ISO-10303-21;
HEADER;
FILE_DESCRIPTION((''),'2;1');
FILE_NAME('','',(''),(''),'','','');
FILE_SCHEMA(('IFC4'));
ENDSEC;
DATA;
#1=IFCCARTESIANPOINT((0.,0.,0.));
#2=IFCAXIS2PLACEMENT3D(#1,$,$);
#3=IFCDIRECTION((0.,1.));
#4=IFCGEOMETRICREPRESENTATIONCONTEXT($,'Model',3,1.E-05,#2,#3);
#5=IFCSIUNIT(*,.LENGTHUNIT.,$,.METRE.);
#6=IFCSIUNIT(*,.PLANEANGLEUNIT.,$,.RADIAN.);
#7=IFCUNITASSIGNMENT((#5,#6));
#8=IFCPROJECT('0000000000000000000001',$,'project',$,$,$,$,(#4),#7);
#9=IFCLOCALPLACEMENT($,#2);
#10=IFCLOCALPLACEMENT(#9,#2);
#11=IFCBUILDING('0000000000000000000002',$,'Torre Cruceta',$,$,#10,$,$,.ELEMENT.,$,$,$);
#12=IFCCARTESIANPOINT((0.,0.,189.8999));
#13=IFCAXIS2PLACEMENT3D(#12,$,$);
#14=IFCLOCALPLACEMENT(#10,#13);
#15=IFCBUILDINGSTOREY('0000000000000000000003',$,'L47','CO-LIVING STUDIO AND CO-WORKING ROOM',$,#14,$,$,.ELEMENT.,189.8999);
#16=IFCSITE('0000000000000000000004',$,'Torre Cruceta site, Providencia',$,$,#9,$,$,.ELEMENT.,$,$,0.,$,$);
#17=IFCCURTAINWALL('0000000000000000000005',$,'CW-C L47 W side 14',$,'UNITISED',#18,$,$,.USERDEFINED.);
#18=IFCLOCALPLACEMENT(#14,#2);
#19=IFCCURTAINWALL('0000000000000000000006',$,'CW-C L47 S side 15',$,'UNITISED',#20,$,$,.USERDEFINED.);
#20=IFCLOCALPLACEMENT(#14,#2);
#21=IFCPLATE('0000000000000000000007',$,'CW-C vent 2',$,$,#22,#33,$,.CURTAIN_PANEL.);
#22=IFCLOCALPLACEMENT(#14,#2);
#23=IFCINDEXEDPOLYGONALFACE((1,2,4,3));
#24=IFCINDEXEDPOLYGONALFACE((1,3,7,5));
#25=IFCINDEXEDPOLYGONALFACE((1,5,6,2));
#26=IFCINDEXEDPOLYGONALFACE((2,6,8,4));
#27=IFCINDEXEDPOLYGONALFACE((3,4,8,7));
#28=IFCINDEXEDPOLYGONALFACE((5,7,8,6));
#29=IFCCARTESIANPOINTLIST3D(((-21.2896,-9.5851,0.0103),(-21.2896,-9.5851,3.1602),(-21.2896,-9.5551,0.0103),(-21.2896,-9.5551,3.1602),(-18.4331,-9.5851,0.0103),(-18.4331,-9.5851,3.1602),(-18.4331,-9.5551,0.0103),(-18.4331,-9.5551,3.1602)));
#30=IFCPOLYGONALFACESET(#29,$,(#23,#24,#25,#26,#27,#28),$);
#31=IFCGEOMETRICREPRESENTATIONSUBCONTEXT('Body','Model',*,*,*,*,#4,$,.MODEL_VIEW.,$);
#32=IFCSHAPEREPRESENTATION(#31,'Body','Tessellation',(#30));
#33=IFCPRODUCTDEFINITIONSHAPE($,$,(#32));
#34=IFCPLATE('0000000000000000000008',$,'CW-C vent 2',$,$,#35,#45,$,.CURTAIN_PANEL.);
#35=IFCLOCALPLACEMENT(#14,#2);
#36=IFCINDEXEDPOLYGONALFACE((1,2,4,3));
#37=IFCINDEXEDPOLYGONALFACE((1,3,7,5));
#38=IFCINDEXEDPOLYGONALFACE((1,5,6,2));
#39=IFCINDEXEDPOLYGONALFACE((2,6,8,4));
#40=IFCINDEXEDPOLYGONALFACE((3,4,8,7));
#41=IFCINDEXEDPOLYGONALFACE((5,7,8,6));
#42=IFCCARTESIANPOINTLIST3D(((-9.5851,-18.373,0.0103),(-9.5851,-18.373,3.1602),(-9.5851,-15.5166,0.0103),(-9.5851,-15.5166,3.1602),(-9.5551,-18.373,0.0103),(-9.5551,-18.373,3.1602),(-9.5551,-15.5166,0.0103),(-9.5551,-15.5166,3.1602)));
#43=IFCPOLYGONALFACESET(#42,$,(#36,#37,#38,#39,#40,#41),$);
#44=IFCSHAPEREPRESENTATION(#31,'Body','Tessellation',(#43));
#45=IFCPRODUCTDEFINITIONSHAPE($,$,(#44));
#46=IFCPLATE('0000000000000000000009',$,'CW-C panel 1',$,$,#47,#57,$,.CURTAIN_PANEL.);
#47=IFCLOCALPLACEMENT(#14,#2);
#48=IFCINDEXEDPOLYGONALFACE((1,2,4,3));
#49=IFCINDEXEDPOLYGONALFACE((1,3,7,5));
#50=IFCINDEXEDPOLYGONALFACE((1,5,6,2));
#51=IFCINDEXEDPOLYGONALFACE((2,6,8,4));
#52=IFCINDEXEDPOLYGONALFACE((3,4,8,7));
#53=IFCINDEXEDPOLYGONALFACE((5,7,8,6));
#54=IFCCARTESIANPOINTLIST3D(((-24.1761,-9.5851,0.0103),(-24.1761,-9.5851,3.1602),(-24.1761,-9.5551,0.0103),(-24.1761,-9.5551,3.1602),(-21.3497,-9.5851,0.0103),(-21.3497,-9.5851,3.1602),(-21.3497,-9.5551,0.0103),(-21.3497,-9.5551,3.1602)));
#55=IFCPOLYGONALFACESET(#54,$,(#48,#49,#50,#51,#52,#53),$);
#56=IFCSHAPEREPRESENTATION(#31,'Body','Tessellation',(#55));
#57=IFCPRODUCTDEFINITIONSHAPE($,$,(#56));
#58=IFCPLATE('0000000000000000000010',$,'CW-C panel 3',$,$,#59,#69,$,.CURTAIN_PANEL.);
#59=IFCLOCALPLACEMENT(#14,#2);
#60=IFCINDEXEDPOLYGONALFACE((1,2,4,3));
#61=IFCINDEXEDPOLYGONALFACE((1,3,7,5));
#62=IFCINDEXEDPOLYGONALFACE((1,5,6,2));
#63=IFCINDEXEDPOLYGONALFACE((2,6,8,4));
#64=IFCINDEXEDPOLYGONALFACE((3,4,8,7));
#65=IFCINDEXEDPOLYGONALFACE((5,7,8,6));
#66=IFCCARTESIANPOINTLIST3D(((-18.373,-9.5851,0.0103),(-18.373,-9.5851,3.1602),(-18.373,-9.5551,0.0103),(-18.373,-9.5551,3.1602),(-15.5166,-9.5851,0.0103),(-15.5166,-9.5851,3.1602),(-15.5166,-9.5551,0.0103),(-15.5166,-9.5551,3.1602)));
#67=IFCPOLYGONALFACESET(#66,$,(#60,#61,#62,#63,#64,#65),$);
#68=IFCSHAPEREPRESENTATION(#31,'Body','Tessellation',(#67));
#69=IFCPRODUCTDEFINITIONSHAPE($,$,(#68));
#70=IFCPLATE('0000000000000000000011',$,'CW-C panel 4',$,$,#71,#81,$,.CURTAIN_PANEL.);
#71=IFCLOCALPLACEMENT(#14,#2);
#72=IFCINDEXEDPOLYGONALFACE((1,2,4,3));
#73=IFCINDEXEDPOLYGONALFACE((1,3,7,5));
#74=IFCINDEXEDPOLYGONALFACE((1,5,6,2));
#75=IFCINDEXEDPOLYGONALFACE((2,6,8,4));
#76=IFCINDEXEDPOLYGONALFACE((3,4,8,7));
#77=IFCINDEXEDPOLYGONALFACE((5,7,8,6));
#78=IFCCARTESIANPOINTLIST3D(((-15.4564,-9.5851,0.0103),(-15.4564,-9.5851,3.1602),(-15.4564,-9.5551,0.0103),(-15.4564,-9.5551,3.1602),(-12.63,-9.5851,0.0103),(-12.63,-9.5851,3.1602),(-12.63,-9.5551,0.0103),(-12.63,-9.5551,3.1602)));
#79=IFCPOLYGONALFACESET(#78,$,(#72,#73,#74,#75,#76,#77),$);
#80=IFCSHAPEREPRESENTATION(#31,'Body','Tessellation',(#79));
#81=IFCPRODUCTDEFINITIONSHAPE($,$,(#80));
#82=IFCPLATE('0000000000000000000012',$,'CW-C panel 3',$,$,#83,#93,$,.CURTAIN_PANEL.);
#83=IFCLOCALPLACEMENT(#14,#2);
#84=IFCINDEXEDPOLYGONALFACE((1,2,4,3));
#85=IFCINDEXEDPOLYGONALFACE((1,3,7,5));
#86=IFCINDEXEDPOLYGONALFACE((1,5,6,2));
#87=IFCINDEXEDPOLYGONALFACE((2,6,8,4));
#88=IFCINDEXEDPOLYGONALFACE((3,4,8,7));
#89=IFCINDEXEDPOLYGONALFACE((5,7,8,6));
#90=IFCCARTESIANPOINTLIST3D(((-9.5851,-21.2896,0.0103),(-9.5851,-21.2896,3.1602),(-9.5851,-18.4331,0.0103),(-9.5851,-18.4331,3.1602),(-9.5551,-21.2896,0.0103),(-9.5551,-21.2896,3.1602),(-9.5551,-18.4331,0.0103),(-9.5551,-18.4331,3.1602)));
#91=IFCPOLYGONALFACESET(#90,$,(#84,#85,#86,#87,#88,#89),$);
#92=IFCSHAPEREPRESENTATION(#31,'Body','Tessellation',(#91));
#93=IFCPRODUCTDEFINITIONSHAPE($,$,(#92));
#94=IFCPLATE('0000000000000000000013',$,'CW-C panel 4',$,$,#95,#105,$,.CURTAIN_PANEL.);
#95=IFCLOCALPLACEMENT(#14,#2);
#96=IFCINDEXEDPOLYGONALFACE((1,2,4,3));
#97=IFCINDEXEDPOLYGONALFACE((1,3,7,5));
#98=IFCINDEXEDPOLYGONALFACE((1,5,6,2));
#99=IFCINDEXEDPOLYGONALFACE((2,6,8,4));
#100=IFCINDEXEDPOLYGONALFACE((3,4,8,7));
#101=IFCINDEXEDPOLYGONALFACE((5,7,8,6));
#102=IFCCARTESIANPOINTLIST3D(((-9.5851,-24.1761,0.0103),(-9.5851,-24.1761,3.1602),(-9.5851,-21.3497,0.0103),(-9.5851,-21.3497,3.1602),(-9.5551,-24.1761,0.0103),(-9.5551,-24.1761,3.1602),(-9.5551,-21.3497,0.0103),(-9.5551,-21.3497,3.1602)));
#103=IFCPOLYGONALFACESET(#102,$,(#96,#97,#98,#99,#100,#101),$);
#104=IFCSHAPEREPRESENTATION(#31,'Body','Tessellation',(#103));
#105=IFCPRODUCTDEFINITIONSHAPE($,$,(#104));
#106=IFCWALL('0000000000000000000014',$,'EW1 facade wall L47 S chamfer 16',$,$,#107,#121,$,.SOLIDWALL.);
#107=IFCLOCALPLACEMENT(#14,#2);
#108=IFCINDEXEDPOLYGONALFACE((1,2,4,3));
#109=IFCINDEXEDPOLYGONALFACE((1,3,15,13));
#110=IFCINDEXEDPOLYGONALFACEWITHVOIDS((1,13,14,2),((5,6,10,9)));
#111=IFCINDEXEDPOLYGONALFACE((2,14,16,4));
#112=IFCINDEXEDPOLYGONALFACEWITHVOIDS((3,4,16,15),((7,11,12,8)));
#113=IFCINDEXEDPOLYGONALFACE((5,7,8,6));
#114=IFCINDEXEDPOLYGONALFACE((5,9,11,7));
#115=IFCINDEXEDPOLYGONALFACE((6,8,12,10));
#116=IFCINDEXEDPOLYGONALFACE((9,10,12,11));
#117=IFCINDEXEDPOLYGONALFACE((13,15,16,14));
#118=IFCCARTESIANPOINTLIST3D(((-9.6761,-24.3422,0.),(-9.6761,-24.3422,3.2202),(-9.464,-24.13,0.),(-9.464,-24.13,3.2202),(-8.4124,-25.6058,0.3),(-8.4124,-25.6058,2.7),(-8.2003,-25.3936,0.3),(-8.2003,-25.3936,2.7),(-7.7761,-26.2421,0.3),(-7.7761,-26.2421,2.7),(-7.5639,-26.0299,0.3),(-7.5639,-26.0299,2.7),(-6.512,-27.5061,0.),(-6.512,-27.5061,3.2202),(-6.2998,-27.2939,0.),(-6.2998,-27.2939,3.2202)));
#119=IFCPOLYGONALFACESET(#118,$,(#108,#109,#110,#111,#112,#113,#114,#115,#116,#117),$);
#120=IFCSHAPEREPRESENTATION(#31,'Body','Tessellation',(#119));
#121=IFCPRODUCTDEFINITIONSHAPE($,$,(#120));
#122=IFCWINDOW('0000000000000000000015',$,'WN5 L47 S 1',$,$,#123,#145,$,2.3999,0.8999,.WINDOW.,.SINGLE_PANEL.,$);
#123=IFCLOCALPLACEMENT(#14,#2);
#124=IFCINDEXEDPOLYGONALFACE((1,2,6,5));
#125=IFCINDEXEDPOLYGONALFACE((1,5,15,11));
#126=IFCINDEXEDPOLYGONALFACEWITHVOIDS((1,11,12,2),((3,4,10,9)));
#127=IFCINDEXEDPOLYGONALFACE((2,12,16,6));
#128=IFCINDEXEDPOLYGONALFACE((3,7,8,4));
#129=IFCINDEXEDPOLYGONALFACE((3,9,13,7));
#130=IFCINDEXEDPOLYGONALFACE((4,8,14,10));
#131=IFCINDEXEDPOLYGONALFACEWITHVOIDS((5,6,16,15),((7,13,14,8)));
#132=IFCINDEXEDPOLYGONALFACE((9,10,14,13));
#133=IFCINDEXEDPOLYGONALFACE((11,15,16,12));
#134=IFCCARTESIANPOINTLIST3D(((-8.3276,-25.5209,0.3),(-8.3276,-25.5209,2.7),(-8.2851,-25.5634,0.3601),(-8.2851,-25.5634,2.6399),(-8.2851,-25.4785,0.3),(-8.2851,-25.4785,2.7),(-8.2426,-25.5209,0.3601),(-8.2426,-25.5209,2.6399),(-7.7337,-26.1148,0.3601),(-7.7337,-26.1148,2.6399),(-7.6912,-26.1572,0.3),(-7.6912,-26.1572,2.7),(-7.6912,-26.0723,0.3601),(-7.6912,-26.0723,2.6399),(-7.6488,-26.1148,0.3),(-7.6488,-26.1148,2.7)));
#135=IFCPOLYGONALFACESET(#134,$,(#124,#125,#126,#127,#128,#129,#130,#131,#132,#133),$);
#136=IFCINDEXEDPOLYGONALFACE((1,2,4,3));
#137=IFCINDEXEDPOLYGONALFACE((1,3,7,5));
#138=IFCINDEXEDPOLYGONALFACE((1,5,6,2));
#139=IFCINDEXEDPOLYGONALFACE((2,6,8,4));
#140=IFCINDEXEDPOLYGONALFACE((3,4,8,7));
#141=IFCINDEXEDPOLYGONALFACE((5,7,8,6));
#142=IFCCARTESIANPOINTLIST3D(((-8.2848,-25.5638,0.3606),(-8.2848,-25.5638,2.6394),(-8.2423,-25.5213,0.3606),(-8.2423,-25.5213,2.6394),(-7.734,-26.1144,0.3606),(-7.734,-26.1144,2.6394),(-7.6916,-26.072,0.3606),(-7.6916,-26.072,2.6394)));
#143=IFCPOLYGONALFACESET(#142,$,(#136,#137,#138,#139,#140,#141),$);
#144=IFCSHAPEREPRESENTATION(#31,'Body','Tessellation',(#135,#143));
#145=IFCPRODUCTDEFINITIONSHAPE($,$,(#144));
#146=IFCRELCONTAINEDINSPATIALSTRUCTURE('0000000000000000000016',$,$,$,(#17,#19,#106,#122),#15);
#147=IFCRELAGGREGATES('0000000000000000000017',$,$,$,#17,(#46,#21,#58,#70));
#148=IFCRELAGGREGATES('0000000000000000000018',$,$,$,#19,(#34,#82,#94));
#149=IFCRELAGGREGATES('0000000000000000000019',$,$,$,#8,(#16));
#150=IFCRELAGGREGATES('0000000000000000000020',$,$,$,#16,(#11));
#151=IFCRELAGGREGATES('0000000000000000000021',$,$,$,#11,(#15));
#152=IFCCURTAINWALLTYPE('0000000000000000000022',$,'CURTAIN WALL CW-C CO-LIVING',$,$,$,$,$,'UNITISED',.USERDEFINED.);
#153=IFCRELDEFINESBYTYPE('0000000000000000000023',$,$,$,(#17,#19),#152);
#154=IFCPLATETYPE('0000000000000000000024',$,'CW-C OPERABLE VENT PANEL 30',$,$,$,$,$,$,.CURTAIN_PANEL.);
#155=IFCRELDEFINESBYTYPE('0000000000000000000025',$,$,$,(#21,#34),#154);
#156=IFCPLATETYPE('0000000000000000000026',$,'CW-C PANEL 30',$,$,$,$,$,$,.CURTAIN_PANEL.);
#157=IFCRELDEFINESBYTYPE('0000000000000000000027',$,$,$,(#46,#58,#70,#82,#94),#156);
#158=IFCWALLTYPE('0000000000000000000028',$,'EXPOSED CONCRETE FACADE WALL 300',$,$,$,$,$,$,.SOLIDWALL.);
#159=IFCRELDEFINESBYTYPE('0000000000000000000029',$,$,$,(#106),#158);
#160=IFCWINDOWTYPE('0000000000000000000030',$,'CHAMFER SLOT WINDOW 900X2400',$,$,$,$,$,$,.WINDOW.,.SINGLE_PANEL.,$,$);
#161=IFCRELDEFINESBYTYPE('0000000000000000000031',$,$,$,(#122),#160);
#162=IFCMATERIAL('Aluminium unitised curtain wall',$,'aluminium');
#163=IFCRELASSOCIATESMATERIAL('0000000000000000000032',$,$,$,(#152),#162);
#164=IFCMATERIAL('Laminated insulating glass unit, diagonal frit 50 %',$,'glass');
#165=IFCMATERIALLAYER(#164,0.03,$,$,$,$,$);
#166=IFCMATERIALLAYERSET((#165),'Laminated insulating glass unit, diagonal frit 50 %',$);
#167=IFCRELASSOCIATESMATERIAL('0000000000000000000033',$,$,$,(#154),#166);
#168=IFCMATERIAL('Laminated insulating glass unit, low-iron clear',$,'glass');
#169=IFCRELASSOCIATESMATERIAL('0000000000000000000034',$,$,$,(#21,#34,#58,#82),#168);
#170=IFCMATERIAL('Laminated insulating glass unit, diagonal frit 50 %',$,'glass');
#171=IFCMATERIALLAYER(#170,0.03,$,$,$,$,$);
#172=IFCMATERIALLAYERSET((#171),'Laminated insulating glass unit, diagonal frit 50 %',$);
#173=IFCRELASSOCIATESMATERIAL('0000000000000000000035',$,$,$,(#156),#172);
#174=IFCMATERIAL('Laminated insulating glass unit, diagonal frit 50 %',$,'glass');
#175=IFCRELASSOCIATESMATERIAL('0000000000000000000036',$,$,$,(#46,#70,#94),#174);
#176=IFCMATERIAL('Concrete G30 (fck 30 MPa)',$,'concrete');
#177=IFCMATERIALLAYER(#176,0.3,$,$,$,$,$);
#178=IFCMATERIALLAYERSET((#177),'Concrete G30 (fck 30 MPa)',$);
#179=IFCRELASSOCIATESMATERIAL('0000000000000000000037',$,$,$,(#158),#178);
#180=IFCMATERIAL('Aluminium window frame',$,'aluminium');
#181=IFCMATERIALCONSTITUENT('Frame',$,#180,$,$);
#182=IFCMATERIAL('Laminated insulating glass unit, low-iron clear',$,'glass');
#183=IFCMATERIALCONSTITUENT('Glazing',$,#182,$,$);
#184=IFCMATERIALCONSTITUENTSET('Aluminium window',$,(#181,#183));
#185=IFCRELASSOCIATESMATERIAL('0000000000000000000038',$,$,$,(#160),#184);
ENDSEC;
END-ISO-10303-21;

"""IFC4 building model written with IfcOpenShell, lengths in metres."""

from ifc_helpers import new_model, si_unit, direction, frame, frame_2d, origin, origin_2d, place, context, subcontext, project, spatial, rectangle, hollow_rectangle, extrude, material, layer, layer_set, constituent, constituent_set, type_object, element, fill, aggregate, save


model = new_model("IFC4")

# Units and contexts
model_context = context("Model", 3, precision=1e-05, world=origin(), true_north=direction((0.0, 1.0)))
body_context = subcontext(model_context, "Body", "Model", "MODEL_VIEW")
ifc_project = project(units=[si_unit("LENGTHUNIT", "METRE"), si_unit("PLANEANGLEUNIT", "RADIAN")], contexts=[model_context])

# Site, building, storey
site_placement = place(None, origin())
site = spatial("IfcSite", under=ifc_project, at=site_placement, Name="Torre Cruceta site, Providencia", CompositionType="ELEMENT", RefElevation=0.0)
building_placement = place(site_placement, origin())
building = spatial("IfcBuilding", under=site, at=building_placement, Name="Torre Cruceta", CompositionType="ELEMENT")
storey_placement = place(building_placement, frame((0.0, 0.0, 189.8999)))
storey = spatial("IfcBuildingStorey", under=building, at=storey_placement, Name="L47", Description="CO-LIVING STUDIO AND CO-WORKING ROOM", CompositionType="ELEMENT", Elevation=189.8999)

# Curtain walls
ifc_material_1 = material(Name="Aluminium unitised curtain wall", Category="aluminium")
curtain_wall_type = type_object("IfcCurtainWallType", Name="CURTAIN WALL CW-C CO-LIVING", ElementType="UNITISED", PredefinedType="USERDEFINED", material=ifc_material_1)
curtain_wall_1_placement = place(storey_placement, origin())
curtain_wall_1 = element("IfcCurtainWall", 1, at=curtain_wall_1_placement, inside=storey, type_object=curtain_wall_type, Name="CW-C L47 W side 14", ObjectType="UNITISED", PredefinedType="USERDEFINED")
curtain_wall_2_placement = place(storey_placement, origin())
curtain_wall_2 = element("IfcCurtainWall", 2, at=curtain_wall_2_placement, inside=storey, type_object=curtain_wall_type, Name="CW-C L47 S side 15", ObjectType="UNITISED", PredefinedType="USERDEFINED")

# Plates
ifc_material_2 = material(Name="Laminated insulating glass unit, low-iron clear", Category="glass")
ifc_material_3 = material(Name="Laminated insulating glass unit, diagonal frit 50 %", Category="glass")
ifc_layer_1 = layer(ifc_material_3, 0.03)
ifc_layer_set_1 = layer_set([ifc_layer_1], Name="Laminated insulating glass unit, diagonal frit 50 %")
plate_type_1 = type_object("IfcPlateType", Name="CW-C OPERABLE VENT PANEL 30", PredefinedType="CURTAIN_PANEL", material=ifc_layer_set_1)
plate_1_placement = place(storey_placement, frame((-19.8613, -9.5701, 0.0103), z_axis=(0.0, 0.0, 1.0), x_axis=(1.0, 0.0, 0.0)))
plate_1 = element("IfcPlate", 3, at=plate_1_placement, type_object=plate_type_1, material=ifc_material_2, Name="CW-C vent 2", PredefinedType="CURTAIN_PANEL", context=body_context, shape_type="SweptSolid", body=[
    extrude(rectangle(XDim=2.8564, YDim=0.03, at=origin_2d()), origin(), (0.0, 0.0, 1.0), 3.1499),
])
plate_2_placement = place(storey_placement, frame((-9.5701, -16.9448, 0.0103), z_axis=(0.0, 0.0, 1.0), x_axis=(0.0, -1.0, 0.0)))
plate_2 = element("IfcPlate", 4, at=plate_2_placement, type_object=plate_type_1, material=ifc_material_2, Name="CW-C vent 2", PredefinedType="CURTAIN_PANEL", context=body_context, shape_type="SweptSolid", body=[
    extrude(rectangle(XDim=2.8564, YDim=0.03, at=origin_2d()), origin(), (0.0, 0.0, 1.0), 3.1499),
])
ifc_material_4 = material(Name="Laminated insulating glass unit, diagonal frit 50 %", Category="glass")
ifc_material_5 = material(Name="Laminated insulating glass unit, diagonal frit 50 %", Category="glass")
ifc_layer_2 = layer(ifc_material_5, 0.03)
ifc_layer_set_2 = layer_set([ifc_layer_2], Name="Laminated insulating glass unit, diagonal frit 50 %")
plate_type_2 = type_object("IfcPlateType", Name="CW-C PANEL 30", PredefinedType="CURTAIN_PANEL", material=ifc_layer_set_2)
plate_3_placement = place(storey_placement, frame((-22.7629, -9.5701, 0.0103), z_axis=(0.0, 0.0, 1.0), x_axis=(1.0, 0.0, 0.0)))
plate_3 = element("IfcPlate", 5, at=plate_3_placement, type_object=plate_type_2, material=ifc_material_4, Name="CW-C panel 1", PredefinedType="CURTAIN_PANEL", context=body_context, shape_type="SweptSolid", body=[
    extrude(rectangle(XDim=2.8264, YDim=0.03, at=origin_2d()), origin(), (0.0, 0.0, 1.0), 3.1499),
])
plate_4_placement = place(storey_placement, frame((-16.9448, -9.5701, 0.0103), z_axis=(0.0, 0.0, 1.0), x_axis=(1.0, 0.0, 0.0)))
plate_4 = element("IfcPlate", 6, at=plate_4_placement, type_object=plate_type_2, material=ifc_material_2, Name="CW-C panel 3", PredefinedType="CURTAIN_PANEL", context=body_context, shape_type="SweptSolid", body=[
    extrude(rectangle(XDim=2.8564, YDim=0.03, at=origin_2d()), origin(), (0.0, 0.0, 1.0), 3.1499),
])
plate_5_placement = place(storey_placement, frame((-14.0432, -9.5701, 0.0103), z_axis=(0.0, 0.0, 1.0), x_axis=(1.0, 0.0, 0.0)))
plate_5 = element("IfcPlate", 7, at=plate_5_placement, type_object=plate_type_2, material=ifc_material_4, Name="CW-C panel 4", PredefinedType="CURTAIN_PANEL", context=body_context, shape_type="SweptSolid", body=[
    extrude(rectangle(XDim=2.8264, YDim=0.03, at=origin_2d()), origin(), (0.0, 0.0, 1.0), 3.1499),
])
aggregate(curtain_wall_1, [plate_3, plate_1, plate_4, plate_5])
plate_6_placement = place(storey_placement, frame((-9.5701, -19.8613, 0.0103), z_axis=(0.0, 0.0, 1.0), x_axis=(0.0, -1.0, 0.0)))
plate_6 = element("IfcPlate", 8, at=plate_6_placement, type_object=plate_type_2, material=ifc_material_2, Name="CW-C panel 3", PredefinedType="CURTAIN_PANEL", context=body_context, shape_type="SweptSolid", body=[
    extrude(rectangle(XDim=2.8564, YDim=0.03, at=origin_2d()), origin(), (0.0, 0.0, 1.0), 3.1499),
])
plate_7_placement = place(storey_placement, frame((-9.5701, -22.7629, 0.0103), z_axis=(0.0, 0.0, 1.0), x_axis=(0.0, -1.0, 0.0)))
plate_7 = element("IfcPlate", 9, at=plate_7_placement, type_object=plate_type_2, material=ifc_material_4, Name="CW-C panel 4", PredefinedType="CURTAIN_PANEL", context=body_context, shape_type="SweptSolid", body=[
    extrude(rectangle(XDim=2.8264, YDim=0.03, at=origin_2d()), origin(), (0.0, 0.0, 1.0), 3.1499),
])
aggregate(curtain_wall_2, [plate_2, plate_6, plate_7])

# Wall, opening, window
ifc_material_6 = material(Name="Concrete G30 (fck 30 MPa)", Category="concrete")
ifc_layer_3 = layer(ifc_material_6, 0.3)
ifc_layer_set_3 = layer_set([ifc_layer_3], Name="Concrete G30 (fck 30 MPa)")
wall_type = type_object("IfcWallType", Name="EXPOSED CONCRETE FACADE WALL 300", PredefinedType="SOLIDWALL", material=ifc_layer_set_3)
wall_placement = place(storey_placement, frame((-9.5701, -24.2361, 0.0), z_axis=(0.0, 0.0, 1.0), x_axis=(0.707134, -0.707079, 0.0)))
wall = element("IfcWall", 10, at=wall_placement, inside=storey, type_object=wall_type, Name="EW1 facade wall L47 S chamfer 16", PredefinedType="SOLIDWALL", context=body_context, shape_type="SweptSolid", body=[
    extrude(rectangle(XDim=4.4746, YDim=0.3, at=frame_2d((2.2373, 0.0))), origin(), (0.0, 0.0, 1.0), 3.2202),
])
opening_placement = place(wall_placement, frame((1.7871, 0.0, 0.3)))
opening = element("IfcOpeningElement", 11, at=opening_placement, cuts=wall, PredefinedType="OPENING", context=body_context, shape_type="SweptSolid", body=[
    extrude(rectangle(XDim=0.8999, YDim=2.3999, at=frame_2d((0.45, 1.2))), frame((0.0, 0.1599, 0.0), z_axis=(0.0, -1.0, 0.0), x_axis=(1.0, 0.0, 0.0)), (0.0, 0.0, 1.0), 0.3201),
])
ifc_material_7 = material(Name="Aluminium window frame", Category="aluminium")
ifc_constituent_1 = constituent(ifc_material_7, Name="Frame")
ifc_material_8 = material(Name="Laminated insulating glass unit, low-iron clear", Category="glass")
ifc_constituent_2 = constituent(ifc_material_8, Name="Glazing")
ifc_constituent_set = constituent_set(constituents=[ifc_constituent_1, ifc_constituent_2], Name="Aluminium window")
window_type = type_object("IfcWindowType", Name="CHAMFER SLOT WINDOW 900X2400", PartitioningType="SINGLE_PANEL", PredefinedType="WINDOW", material=ifc_constituent_set)
window_placement = place(opening_placement, origin())
window = element("IfcWindow", 12, at=window_placement, inside=storey, type_object=window_type, Name="WN5 L47 S 1", OverallHeight=2.3999, OverallWidth=0.8999, PartitioningType="SINGLE_PANEL", PredefinedType="WINDOW", context=body_context, shape_type="SweptSolid", body=[
    extrude(hollow_rectangle(XDim=0.8999, YDim=2.3999, WallThickness=0.0601, at=frame_2d((0.45, 1.2))), frame((0.0, 0.03, 0.0), z_axis=(0.0, -1.0, 0.0), x_axis=(1.0, 0.0, 0.0)), (0.0, 0.0, 1.0), 0.0601),
    extrude(rectangle(XDim=0.7788, YDim=2.2788, at=frame_2d((0.45, 1.2))), frame((0.0, 0.03, 0.0), z_axis=(0.0, -1.0, 0.0), x_axis=(1.0, 0.0, 0.0)), (0.0, 0.0, 1.0), 0.0601),
])
fill(opening, window)

save(model, "model.ifc")
